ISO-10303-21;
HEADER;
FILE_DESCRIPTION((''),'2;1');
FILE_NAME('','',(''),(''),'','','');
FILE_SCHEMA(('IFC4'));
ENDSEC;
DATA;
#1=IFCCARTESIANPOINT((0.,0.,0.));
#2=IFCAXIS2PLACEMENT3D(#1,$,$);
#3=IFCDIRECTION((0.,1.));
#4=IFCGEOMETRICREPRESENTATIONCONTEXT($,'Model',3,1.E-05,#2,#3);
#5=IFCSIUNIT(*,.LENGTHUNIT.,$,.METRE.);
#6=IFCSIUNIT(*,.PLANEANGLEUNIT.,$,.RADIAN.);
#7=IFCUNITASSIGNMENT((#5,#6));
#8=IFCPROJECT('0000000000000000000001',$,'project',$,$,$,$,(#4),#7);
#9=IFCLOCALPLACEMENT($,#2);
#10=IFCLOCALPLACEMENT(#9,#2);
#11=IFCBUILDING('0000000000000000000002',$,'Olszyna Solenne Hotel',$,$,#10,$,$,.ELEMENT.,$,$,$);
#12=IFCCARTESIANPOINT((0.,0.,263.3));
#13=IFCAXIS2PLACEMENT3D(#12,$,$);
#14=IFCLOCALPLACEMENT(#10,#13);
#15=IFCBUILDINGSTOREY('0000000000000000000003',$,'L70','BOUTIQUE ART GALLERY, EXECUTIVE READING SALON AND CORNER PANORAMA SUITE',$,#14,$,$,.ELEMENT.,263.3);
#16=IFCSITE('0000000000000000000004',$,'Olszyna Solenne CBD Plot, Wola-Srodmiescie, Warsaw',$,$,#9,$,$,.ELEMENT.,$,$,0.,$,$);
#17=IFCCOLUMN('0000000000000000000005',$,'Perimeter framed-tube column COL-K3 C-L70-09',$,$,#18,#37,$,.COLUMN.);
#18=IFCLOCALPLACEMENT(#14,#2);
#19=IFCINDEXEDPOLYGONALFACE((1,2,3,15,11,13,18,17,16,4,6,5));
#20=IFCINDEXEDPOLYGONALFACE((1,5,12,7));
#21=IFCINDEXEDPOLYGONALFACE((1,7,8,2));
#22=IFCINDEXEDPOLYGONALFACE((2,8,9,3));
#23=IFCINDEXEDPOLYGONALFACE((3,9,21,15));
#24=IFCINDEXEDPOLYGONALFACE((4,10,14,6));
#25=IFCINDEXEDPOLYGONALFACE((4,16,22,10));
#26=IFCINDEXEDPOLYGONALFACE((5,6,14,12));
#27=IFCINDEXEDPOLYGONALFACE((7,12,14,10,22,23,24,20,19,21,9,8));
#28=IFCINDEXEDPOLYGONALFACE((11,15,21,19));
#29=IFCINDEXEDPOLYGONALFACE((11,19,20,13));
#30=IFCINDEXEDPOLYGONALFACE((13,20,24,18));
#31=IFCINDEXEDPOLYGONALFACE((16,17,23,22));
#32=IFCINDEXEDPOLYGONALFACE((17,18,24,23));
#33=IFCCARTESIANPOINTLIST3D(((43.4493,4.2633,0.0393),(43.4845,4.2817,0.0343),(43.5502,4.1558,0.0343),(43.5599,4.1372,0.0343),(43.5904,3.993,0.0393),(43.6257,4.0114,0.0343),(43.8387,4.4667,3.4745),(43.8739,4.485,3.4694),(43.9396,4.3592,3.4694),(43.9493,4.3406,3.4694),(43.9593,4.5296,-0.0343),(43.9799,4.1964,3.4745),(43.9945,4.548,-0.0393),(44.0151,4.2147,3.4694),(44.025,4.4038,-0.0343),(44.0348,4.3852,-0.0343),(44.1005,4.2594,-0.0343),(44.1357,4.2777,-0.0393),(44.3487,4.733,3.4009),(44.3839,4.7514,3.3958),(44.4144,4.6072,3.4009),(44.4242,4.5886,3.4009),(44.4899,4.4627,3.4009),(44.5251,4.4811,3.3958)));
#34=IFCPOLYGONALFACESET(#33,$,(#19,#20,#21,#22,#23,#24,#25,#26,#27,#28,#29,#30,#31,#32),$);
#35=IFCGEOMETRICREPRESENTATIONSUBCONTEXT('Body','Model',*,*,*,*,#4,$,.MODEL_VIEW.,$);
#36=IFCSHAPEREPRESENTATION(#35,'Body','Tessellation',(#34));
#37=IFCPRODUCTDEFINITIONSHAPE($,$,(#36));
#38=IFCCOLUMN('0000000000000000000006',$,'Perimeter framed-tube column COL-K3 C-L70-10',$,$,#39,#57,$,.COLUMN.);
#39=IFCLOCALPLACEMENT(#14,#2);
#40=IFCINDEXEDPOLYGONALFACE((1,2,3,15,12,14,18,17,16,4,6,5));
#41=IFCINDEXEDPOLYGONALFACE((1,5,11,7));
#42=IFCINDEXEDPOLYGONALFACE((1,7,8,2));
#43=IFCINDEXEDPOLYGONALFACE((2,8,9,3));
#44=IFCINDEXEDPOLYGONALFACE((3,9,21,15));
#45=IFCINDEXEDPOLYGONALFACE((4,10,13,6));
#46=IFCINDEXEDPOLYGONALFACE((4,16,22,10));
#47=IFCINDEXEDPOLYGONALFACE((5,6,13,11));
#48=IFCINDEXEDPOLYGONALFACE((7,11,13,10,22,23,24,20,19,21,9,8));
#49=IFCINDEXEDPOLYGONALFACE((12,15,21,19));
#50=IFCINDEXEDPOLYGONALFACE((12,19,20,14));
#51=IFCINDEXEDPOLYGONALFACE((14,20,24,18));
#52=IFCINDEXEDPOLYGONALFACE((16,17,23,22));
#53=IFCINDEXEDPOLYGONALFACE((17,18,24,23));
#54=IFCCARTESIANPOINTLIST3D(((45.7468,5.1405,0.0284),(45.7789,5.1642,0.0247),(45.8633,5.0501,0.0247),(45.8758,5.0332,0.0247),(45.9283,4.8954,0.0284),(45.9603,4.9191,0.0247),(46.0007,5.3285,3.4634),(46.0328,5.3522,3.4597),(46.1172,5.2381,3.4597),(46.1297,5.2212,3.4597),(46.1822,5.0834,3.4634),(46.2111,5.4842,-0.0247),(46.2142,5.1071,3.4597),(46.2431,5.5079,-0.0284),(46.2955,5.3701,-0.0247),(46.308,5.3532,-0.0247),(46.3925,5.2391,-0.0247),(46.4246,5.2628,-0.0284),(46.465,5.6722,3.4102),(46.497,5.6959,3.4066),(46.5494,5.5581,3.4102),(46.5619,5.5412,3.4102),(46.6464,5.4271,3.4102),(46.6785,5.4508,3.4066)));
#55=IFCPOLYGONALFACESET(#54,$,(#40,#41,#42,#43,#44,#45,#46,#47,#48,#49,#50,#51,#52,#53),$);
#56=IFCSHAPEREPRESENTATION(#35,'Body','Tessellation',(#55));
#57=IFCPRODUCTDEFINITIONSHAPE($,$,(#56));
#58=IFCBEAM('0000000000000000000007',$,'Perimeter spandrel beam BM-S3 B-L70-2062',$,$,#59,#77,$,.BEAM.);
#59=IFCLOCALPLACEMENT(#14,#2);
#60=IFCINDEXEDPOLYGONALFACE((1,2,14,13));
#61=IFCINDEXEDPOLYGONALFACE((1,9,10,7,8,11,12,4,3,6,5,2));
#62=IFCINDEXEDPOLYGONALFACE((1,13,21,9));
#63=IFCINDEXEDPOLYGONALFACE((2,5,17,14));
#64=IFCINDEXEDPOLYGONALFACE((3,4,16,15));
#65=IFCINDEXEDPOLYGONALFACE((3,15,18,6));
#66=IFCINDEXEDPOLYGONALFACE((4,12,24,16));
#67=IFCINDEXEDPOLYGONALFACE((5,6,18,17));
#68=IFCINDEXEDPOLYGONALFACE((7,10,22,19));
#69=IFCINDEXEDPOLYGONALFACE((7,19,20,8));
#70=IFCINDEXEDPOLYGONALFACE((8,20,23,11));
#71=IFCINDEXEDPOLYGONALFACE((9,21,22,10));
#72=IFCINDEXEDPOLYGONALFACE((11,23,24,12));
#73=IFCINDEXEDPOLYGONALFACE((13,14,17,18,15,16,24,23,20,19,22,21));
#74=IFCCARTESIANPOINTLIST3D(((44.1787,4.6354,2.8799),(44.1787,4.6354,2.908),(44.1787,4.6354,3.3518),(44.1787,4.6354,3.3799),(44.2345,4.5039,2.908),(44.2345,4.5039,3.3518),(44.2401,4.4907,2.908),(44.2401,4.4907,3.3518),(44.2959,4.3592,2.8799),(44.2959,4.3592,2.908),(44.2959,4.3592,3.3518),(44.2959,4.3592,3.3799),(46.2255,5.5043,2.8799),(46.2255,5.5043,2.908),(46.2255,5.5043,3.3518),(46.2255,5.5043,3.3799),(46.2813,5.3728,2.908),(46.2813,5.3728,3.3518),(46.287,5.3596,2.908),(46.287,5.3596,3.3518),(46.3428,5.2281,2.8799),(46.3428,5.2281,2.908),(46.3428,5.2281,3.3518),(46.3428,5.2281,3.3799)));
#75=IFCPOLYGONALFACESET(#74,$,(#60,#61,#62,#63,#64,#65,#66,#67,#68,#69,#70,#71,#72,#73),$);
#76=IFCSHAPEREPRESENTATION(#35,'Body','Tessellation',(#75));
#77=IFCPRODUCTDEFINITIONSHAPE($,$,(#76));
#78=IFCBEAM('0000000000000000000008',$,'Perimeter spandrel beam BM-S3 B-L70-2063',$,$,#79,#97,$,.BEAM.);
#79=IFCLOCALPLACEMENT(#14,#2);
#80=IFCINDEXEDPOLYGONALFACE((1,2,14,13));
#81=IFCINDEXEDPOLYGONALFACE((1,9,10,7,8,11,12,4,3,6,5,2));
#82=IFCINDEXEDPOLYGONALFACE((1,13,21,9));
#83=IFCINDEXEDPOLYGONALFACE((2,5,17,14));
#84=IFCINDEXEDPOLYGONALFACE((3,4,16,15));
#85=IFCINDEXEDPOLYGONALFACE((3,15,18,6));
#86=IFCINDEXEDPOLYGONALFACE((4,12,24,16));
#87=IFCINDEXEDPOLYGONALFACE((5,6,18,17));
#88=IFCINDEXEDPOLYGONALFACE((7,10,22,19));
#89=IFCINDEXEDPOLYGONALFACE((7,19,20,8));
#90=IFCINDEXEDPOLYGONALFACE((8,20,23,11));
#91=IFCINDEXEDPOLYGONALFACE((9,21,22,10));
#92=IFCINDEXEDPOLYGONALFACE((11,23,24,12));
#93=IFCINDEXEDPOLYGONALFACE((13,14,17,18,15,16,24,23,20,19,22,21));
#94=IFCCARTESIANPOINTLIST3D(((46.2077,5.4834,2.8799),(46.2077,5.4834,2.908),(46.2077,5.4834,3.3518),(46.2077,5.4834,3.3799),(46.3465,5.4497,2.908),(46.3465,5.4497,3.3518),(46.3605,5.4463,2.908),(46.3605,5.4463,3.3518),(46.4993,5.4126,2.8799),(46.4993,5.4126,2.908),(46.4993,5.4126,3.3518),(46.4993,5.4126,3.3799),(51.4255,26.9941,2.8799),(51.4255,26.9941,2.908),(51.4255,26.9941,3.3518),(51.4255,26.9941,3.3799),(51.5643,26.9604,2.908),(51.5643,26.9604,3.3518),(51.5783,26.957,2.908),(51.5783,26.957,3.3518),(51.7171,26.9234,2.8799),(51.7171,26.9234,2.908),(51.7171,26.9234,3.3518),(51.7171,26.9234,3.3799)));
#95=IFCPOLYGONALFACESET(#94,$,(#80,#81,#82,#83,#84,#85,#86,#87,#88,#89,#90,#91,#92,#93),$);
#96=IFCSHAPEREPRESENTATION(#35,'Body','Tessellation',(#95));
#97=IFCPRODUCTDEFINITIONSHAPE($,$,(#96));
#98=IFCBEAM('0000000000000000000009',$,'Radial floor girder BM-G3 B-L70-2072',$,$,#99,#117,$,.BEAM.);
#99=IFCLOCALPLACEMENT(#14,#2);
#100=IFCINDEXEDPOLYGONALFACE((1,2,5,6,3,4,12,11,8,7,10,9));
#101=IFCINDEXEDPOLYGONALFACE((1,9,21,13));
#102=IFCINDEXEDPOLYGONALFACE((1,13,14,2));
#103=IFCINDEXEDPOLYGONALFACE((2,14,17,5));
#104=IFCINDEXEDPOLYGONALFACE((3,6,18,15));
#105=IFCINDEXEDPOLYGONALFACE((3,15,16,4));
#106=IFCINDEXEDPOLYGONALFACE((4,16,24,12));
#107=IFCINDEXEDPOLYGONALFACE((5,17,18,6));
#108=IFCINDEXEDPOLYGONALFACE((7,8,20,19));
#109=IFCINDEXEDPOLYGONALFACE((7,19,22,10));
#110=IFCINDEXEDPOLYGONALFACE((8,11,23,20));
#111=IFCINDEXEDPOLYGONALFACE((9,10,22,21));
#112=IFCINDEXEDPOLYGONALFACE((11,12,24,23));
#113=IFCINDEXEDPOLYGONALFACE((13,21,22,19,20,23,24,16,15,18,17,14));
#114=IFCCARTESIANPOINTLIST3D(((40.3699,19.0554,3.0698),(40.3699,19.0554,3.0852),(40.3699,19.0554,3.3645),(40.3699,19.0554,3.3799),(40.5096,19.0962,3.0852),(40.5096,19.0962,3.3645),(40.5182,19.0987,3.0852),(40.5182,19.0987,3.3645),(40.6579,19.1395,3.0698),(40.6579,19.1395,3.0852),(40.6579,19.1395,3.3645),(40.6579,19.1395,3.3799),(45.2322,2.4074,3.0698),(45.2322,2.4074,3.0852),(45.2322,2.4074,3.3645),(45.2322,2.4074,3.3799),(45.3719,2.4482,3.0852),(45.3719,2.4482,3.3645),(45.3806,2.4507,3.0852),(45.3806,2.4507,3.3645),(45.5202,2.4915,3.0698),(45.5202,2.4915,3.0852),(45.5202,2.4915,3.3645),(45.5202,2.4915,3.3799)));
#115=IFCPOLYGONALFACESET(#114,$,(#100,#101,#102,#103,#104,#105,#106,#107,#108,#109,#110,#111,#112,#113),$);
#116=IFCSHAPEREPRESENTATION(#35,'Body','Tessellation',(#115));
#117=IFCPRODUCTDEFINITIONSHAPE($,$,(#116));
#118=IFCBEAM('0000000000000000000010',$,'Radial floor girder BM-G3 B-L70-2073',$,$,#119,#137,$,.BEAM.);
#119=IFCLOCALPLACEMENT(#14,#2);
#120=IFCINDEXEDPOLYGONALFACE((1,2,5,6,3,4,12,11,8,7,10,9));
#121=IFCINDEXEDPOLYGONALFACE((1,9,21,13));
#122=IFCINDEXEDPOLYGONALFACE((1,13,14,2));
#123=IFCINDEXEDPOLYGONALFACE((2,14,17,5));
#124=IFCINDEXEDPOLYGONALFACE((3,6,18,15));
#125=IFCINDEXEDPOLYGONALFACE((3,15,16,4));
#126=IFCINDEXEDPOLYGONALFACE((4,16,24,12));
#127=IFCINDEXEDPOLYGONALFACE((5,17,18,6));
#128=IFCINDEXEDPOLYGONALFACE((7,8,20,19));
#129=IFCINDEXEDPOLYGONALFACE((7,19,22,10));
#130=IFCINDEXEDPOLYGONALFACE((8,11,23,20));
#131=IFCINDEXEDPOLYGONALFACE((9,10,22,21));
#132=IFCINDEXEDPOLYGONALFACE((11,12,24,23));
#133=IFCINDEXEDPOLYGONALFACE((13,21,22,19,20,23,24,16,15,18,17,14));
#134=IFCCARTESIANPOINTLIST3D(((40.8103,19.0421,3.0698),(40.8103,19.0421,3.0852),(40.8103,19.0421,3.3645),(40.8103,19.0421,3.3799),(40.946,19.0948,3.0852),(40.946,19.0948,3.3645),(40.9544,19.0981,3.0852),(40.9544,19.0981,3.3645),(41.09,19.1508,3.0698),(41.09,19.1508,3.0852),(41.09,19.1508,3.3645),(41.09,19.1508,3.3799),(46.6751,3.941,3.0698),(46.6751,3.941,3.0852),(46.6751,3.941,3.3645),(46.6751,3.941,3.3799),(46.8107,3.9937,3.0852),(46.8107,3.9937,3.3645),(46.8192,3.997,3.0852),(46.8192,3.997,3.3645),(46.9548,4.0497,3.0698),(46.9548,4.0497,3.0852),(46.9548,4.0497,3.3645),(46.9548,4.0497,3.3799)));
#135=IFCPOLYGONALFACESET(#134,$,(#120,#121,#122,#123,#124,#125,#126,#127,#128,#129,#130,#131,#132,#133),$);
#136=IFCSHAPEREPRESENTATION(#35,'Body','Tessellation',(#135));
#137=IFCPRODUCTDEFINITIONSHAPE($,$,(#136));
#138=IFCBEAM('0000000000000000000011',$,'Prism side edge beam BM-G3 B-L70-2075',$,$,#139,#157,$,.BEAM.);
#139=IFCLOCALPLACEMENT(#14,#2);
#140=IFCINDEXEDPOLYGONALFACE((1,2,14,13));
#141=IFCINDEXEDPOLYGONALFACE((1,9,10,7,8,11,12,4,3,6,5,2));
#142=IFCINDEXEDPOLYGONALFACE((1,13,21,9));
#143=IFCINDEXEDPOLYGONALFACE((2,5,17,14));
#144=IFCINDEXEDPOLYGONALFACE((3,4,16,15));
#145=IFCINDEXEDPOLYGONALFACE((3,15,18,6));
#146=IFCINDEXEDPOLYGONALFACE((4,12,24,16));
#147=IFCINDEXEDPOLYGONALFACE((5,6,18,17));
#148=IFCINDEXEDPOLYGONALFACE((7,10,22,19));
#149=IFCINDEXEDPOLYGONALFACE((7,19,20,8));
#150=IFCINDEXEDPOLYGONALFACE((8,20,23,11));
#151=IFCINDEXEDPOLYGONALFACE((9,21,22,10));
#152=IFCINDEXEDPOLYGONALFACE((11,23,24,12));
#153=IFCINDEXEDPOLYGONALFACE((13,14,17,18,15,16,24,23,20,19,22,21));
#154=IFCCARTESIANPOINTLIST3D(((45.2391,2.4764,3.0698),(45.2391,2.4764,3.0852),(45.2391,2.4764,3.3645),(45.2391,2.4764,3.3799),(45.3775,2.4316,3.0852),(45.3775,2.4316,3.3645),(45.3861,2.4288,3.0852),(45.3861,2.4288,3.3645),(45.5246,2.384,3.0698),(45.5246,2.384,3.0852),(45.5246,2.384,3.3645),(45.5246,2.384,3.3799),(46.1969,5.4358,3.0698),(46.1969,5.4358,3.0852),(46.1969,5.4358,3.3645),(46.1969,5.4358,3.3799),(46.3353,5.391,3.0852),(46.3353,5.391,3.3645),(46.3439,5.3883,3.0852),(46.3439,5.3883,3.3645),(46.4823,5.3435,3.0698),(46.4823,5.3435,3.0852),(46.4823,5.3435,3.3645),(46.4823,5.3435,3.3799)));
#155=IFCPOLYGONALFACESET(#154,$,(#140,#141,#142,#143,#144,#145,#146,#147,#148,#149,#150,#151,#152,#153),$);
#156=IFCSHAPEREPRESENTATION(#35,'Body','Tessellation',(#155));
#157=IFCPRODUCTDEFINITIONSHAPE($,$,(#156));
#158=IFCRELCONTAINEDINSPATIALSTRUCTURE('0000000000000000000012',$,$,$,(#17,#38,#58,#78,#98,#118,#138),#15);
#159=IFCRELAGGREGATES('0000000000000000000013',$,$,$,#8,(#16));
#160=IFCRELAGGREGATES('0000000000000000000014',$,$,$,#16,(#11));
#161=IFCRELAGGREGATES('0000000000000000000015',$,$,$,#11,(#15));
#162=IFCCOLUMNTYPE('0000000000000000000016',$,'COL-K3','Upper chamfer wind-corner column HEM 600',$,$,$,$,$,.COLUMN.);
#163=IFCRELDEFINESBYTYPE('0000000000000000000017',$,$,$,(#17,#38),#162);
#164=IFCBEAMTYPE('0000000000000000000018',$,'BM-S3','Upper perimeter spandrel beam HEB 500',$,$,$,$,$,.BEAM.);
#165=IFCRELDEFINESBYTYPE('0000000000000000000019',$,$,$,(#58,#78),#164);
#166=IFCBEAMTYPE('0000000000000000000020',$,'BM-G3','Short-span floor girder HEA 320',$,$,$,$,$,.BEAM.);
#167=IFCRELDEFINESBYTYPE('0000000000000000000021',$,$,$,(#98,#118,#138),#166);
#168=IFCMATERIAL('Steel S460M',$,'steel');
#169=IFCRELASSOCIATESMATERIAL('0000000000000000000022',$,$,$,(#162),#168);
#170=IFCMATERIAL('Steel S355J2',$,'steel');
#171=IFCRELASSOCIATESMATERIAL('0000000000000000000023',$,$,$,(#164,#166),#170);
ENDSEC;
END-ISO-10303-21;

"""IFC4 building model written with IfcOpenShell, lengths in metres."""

from ifc_helpers import new_model, si_unit, direction, frame, origin, origin_2d, place, context, subcontext, project, spatial, i_section, extrude, source, transform, mapped, material, material_profile, profile_set, type_object, element, save


model = new_model("IFC4")

# Units and contexts
model_context = context("Model", 3, precision=1e-05, world=origin(), true_north=direction((0.0, 1.0)))
body_context = subcontext(model_context, "Body", "Model", "MODEL_VIEW")
ifc_project = project(units=[si_unit("LENGTHUNIT", "METRE"), si_unit("PLANEANGLEUNIT", "RADIAN")], contexts=[model_context])

# Site, building, storey
site_placement = place(None, origin())
site = spatial("IfcSite", under=ifc_project, at=site_placement, Name="Olszyna Solenne CBD Plot, Wola-Srodmiescie, Warsaw", CompositionType="ELEMENT", RefElevation=0.0)
building_placement = place(site_placement, origin())
building = spatial("IfcBuilding", under=site, at=building_placement, Name="Olszyna Solenne Hotel", CompositionType="ELEMENT")
storey_placement = place(building_placement, frame((0.0, 0.0, 263.3)))
storey = spatial("IfcBuildingStorey", under=building, at=storey_placement, Name="L70", Description="BOUTIQUE ART GALLERY, EXECUTIVE READING SALON AND CORNER PANORAMA SUITE", CompositionType="ELEMENT", Elevation=263.3)

# Columns
ifc_material_1 = material(Name="Steel S460M", Category="steel")
ifc_material_profile_1 = material_profile(ifc_material_1, i_section(OverallWidth=0.3049, OverallDepth=0.6201, WebThickness=0.021, FlangeThickness=0.04, at=origin_2d()), Name="HEM 600", Category="load-bearing")
ifc_profile_set_1 = profile_set([ifc_material_profile_1], Name="Steel S460M")
column_type = type_object("IfcColumnType", Name="COL-K3", Description="Upper chamfer wind-corner column HEM 600", PredefinedType="COLUMN", material=ifc_profile_set_1)
shared_shape_1 = source(origin(), body_context, "Body", "SweptSolid", [
    extrude(i_section(OverallWidth=0.3049, OverallDepth=0.6201, WebThickness=0.021, FlangeThickness=0.04, at=origin_2d()), origin(), (0.0, 0.0, 1.0), 3.4631),
])
column_1_placement = place(storey_placement, frame((43.7925, 4.2705, 0.0), z_axis=(0.112446, 0.058726, 0.991921), x_axis=(-0.462927, 0.886397, 0.0)))
element("IfcColumn", 1, at=column_1_placement, inside=storey, type_object=column_type, Name="Perimeter framed-tube column COL-K3 C-L70-09", PredefinedType="COLUMN", context=body_context, shape_type="MappedRepresentation", body=[
    mapped(shared_shape_1, transform((0.0, 0.0, 0.0), x_axis=(1.0, 0.0, 0.0), y_axis=(0.0, 1.0, 0.0), z_axis=(0.0, 0.0, 1.0), scale=1.0)),
])
shared_shape_2 = source(origin(), body_context, "Body", "SweptSolid", [
    extrude(i_section(OverallWidth=0.3049, OverallDepth=0.6201, WebThickness=0.021, FlangeThickness=0.04, at=origin_2d()), origin(), (0.0, 0.0, 1.0), 3.4495),
])
column_2_placement = place(storey_placement, frame((46.0857, 5.2017, 0.0), z_axis=(0.073605, 0.054496, 0.995797), x_axis=(-0.595043, 0.803694, 0.0)))
element("IfcColumn", 2, at=column_2_placement, inside=storey, type_object=column_type, Name="Perimeter framed-tube column COL-K3 C-L70-10", PredefinedType="COLUMN", context=body_context, shape_type="MappedRepresentation", body=[
    mapped(shared_shape_2, transform((0.0, 0.0, 0.0), x_axis=(1.0, 0.0, 0.0), y_axis=(0.0, 1.0, 0.0), z_axis=(0.0, 0.0, 1.0), scale=1.0)),
])

# Beams
ifc_material_2 = material(Name="Steel S355J2", Category="steel")
ifc_material_profile_2 = material_profile(ifc_material_2, i_section(OverallWidth=0.3, OverallDepth=0.5, WebThickness=0.0144, FlangeThickness=0.0281, at=origin_2d()), Name="HEB 500", Category="load-bearing")
ifc_profile_set_2 = profile_set([ifc_material_profile_2], Name="Steel S355J2")
beam_type_1 = type_object("IfcBeamType", Name="BM-S3", Description="Upper perimeter spandrel beam HEB 500", PredefinedType="BEAM", material=ifc_profile_set_2)
shared_shape_3 = source(origin(), body_context, "Body", "SweptSolid", [
    extrude(i_section(OverallWidth=0.3, OverallDepth=0.5, WebThickness=0.0144, FlangeThickness=0.0281, at=origin_2d()), origin(), (0.0, 0.0, 1.0), 2.2236),
])
beam_1_placement = place(storey_placement, frame((44.2373, 4.4973, 3.1299), z_axis=(0.920497, 0.39075, 0.0), x_axis=(-0.39075, 0.920497, 0.0)))
element("IfcBeam", 3, at=beam_1_placement, inside=storey, type_object=beam_type_1, Name="Perimeter spandrel beam BM-S3 B-L70-2062", PredefinedType="BEAM", context=body_context, shape_type="MappedRepresentation", body=[
    mapped(shared_shape_3, transform((0.0, 0.0, 0.0), x_axis=(1.0, 0.0, 0.0), y_axis=(0.0, 1.0, 0.0), z_axis=(0.0, 0.0, 1.0), scale=1.0)),
])
shared_shape_4 = source(origin(), body_context, "Body", "SweptSolid", [
    extrude(i_section(OverallWidth=0.3, OverallDepth=0.5, WebThickness=0.0144, FlangeThickness=0.0281, at=origin_2d()), origin(), (0.0, 0.0, 1.0), 22.1345),
])
beam_2_placement = place(storey_placement, frame((46.3535, 5.448, 3.1299), z_axis=(0.23573, 0.971819, 0.0), x_axis=(-0.971819, 0.23573, 0.0)))
element("IfcBeam", 4, at=beam_2_placement, inside=storey, type_object=beam_type_1, Name="Perimeter spandrel beam BM-S3 B-L70-2063", PredefinedType="BEAM", context=body_context, shape_type="MappedRepresentation", body=[
    mapped(shared_shape_4, transform((0.0, 0.0, 0.0), x_axis=(1.0, 0.0, 0.0), y_axis=(0.0, 1.0, 0.0), z_axis=(0.0, 0.0, 1.0), scale=1.0)),
])
ifc_material_profile_3 = material_profile(ifc_material_2, i_section(OverallWidth=0.3, OverallDepth=0.3101, WebThickness=0.009, FlangeThickness=0.0154, at=origin_2d()), Name="HEA 320", Category="load-bearing")
ifc_profile_set_3 = profile_set([ifc_material_profile_3], Name="Steel S355J2")
beam_type_2 = type_object("IfcBeamType", Name="BM-G3", Description="Short-span floor girder HEA 320", PredefinedType="BEAM", material=ifc_profile_set_3)
shared_shape_5 = source(origin(), body_context, "Body", "SweptSolid", [
    extrude(i_section(OverallWidth=0.3, OverallDepth=0.3101, WebThickness=0.009, FlangeThickness=0.0154, at=origin_2d()), origin(), (0.0, 0.0, 1.0), 17.3435),
])
beam_3_placement = place(storey_placement, frame((45.3762, 2.4495, 3.2249), z_axis=(-0.280354, 0.959897, 0.0), x_axis=(-0.959897, -0.280354, 0.0)))
element("IfcBeam", 5, at=beam_3_placement, inside=storey, type_object=beam_type_2, Name="Radial floor girder BM-G3 B-L70-2072", PredefinedType="BEAM", context=body_context, shape_type="MappedRepresentation", body=[
    mapped(shared_shape_5, transform((0.0, 0.0, 0.0), x_axis=(1.0, 0.0, 0.0), y_axis=(0.0, 1.0, 0.0), z_axis=(0.0, 0.0, 1.0), scale=1.0)),
])
shared_shape_6 = source(origin(), body_context, "Body", "SweptSolid", [
    extrude(i_section(OverallWidth=0.3, OverallDepth=0.3101, WebThickness=0.009, FlangeThickness=0.0154, at=origin_2d()), origin(), (0.0, 0.0, 1.0), 16.2),
])
beam_4_placement = place(storey_placement, frame((46.8149, 3.9954, 3.2249), z_axis=(-0.362023, 0.932169, 0.0), x_axis=(-0.932169, -0.362023, 0.0)))
element("IfcBeam", 6, at=beam_4_placement, inside=storey, type_object=beam_type_2, Name="Radial floor girder BM-G3 B-L70-2073", PredefinedType="BEAM", context=body_context, shape_type="MappedRepresentation", body=[
    mapped(shared_shape_6, transform((0.0, 0.0, 0.0), x_axis=(1.0, 0.0, 0.0), y_axis=(0.0, 1.0, 0.0), z_axis=(0.0, 0.0, 1.0), scale=1.0)),
])
shared_shape_7 = source(origin(), body_context, "Body", "SweptSolid", [
    extrude(i_section(OverallWidth=0.3, OverallDepth=0.3101, WebThickness=0.009, FlangeThickness=0.0154, at=origin_2d()), origin(), (0.0, 0.0, 1.0), 3.1106),
])
beam_5_placement = place(storey_placement, frame((46.3396, 5.3896, 3.2249), z_axis=(-0.307904, -0.951417, 0.0), x_axis=(0.951417, -0.307904, 0.0)))
element("IfcBeam", 7, at=beam_5_placement, inside=storey, type_object=beam_type_2, Name="Prism side edge beam BM-G3 B-L70-2075", PredefinedType="BEAM", context=body_context, shape_type="MappedRepresentation", body=[
    mapped(shared_shape_7, transform((0.0, 0.0, 0.0), x_axis=(1.0, 0.0, 0.0), y_axis=(0.0, 1.0, 0.0), z_axis=(0.0, 0.0, 1.0), scale=1.0)),
])

save(model, "model.ifc")
